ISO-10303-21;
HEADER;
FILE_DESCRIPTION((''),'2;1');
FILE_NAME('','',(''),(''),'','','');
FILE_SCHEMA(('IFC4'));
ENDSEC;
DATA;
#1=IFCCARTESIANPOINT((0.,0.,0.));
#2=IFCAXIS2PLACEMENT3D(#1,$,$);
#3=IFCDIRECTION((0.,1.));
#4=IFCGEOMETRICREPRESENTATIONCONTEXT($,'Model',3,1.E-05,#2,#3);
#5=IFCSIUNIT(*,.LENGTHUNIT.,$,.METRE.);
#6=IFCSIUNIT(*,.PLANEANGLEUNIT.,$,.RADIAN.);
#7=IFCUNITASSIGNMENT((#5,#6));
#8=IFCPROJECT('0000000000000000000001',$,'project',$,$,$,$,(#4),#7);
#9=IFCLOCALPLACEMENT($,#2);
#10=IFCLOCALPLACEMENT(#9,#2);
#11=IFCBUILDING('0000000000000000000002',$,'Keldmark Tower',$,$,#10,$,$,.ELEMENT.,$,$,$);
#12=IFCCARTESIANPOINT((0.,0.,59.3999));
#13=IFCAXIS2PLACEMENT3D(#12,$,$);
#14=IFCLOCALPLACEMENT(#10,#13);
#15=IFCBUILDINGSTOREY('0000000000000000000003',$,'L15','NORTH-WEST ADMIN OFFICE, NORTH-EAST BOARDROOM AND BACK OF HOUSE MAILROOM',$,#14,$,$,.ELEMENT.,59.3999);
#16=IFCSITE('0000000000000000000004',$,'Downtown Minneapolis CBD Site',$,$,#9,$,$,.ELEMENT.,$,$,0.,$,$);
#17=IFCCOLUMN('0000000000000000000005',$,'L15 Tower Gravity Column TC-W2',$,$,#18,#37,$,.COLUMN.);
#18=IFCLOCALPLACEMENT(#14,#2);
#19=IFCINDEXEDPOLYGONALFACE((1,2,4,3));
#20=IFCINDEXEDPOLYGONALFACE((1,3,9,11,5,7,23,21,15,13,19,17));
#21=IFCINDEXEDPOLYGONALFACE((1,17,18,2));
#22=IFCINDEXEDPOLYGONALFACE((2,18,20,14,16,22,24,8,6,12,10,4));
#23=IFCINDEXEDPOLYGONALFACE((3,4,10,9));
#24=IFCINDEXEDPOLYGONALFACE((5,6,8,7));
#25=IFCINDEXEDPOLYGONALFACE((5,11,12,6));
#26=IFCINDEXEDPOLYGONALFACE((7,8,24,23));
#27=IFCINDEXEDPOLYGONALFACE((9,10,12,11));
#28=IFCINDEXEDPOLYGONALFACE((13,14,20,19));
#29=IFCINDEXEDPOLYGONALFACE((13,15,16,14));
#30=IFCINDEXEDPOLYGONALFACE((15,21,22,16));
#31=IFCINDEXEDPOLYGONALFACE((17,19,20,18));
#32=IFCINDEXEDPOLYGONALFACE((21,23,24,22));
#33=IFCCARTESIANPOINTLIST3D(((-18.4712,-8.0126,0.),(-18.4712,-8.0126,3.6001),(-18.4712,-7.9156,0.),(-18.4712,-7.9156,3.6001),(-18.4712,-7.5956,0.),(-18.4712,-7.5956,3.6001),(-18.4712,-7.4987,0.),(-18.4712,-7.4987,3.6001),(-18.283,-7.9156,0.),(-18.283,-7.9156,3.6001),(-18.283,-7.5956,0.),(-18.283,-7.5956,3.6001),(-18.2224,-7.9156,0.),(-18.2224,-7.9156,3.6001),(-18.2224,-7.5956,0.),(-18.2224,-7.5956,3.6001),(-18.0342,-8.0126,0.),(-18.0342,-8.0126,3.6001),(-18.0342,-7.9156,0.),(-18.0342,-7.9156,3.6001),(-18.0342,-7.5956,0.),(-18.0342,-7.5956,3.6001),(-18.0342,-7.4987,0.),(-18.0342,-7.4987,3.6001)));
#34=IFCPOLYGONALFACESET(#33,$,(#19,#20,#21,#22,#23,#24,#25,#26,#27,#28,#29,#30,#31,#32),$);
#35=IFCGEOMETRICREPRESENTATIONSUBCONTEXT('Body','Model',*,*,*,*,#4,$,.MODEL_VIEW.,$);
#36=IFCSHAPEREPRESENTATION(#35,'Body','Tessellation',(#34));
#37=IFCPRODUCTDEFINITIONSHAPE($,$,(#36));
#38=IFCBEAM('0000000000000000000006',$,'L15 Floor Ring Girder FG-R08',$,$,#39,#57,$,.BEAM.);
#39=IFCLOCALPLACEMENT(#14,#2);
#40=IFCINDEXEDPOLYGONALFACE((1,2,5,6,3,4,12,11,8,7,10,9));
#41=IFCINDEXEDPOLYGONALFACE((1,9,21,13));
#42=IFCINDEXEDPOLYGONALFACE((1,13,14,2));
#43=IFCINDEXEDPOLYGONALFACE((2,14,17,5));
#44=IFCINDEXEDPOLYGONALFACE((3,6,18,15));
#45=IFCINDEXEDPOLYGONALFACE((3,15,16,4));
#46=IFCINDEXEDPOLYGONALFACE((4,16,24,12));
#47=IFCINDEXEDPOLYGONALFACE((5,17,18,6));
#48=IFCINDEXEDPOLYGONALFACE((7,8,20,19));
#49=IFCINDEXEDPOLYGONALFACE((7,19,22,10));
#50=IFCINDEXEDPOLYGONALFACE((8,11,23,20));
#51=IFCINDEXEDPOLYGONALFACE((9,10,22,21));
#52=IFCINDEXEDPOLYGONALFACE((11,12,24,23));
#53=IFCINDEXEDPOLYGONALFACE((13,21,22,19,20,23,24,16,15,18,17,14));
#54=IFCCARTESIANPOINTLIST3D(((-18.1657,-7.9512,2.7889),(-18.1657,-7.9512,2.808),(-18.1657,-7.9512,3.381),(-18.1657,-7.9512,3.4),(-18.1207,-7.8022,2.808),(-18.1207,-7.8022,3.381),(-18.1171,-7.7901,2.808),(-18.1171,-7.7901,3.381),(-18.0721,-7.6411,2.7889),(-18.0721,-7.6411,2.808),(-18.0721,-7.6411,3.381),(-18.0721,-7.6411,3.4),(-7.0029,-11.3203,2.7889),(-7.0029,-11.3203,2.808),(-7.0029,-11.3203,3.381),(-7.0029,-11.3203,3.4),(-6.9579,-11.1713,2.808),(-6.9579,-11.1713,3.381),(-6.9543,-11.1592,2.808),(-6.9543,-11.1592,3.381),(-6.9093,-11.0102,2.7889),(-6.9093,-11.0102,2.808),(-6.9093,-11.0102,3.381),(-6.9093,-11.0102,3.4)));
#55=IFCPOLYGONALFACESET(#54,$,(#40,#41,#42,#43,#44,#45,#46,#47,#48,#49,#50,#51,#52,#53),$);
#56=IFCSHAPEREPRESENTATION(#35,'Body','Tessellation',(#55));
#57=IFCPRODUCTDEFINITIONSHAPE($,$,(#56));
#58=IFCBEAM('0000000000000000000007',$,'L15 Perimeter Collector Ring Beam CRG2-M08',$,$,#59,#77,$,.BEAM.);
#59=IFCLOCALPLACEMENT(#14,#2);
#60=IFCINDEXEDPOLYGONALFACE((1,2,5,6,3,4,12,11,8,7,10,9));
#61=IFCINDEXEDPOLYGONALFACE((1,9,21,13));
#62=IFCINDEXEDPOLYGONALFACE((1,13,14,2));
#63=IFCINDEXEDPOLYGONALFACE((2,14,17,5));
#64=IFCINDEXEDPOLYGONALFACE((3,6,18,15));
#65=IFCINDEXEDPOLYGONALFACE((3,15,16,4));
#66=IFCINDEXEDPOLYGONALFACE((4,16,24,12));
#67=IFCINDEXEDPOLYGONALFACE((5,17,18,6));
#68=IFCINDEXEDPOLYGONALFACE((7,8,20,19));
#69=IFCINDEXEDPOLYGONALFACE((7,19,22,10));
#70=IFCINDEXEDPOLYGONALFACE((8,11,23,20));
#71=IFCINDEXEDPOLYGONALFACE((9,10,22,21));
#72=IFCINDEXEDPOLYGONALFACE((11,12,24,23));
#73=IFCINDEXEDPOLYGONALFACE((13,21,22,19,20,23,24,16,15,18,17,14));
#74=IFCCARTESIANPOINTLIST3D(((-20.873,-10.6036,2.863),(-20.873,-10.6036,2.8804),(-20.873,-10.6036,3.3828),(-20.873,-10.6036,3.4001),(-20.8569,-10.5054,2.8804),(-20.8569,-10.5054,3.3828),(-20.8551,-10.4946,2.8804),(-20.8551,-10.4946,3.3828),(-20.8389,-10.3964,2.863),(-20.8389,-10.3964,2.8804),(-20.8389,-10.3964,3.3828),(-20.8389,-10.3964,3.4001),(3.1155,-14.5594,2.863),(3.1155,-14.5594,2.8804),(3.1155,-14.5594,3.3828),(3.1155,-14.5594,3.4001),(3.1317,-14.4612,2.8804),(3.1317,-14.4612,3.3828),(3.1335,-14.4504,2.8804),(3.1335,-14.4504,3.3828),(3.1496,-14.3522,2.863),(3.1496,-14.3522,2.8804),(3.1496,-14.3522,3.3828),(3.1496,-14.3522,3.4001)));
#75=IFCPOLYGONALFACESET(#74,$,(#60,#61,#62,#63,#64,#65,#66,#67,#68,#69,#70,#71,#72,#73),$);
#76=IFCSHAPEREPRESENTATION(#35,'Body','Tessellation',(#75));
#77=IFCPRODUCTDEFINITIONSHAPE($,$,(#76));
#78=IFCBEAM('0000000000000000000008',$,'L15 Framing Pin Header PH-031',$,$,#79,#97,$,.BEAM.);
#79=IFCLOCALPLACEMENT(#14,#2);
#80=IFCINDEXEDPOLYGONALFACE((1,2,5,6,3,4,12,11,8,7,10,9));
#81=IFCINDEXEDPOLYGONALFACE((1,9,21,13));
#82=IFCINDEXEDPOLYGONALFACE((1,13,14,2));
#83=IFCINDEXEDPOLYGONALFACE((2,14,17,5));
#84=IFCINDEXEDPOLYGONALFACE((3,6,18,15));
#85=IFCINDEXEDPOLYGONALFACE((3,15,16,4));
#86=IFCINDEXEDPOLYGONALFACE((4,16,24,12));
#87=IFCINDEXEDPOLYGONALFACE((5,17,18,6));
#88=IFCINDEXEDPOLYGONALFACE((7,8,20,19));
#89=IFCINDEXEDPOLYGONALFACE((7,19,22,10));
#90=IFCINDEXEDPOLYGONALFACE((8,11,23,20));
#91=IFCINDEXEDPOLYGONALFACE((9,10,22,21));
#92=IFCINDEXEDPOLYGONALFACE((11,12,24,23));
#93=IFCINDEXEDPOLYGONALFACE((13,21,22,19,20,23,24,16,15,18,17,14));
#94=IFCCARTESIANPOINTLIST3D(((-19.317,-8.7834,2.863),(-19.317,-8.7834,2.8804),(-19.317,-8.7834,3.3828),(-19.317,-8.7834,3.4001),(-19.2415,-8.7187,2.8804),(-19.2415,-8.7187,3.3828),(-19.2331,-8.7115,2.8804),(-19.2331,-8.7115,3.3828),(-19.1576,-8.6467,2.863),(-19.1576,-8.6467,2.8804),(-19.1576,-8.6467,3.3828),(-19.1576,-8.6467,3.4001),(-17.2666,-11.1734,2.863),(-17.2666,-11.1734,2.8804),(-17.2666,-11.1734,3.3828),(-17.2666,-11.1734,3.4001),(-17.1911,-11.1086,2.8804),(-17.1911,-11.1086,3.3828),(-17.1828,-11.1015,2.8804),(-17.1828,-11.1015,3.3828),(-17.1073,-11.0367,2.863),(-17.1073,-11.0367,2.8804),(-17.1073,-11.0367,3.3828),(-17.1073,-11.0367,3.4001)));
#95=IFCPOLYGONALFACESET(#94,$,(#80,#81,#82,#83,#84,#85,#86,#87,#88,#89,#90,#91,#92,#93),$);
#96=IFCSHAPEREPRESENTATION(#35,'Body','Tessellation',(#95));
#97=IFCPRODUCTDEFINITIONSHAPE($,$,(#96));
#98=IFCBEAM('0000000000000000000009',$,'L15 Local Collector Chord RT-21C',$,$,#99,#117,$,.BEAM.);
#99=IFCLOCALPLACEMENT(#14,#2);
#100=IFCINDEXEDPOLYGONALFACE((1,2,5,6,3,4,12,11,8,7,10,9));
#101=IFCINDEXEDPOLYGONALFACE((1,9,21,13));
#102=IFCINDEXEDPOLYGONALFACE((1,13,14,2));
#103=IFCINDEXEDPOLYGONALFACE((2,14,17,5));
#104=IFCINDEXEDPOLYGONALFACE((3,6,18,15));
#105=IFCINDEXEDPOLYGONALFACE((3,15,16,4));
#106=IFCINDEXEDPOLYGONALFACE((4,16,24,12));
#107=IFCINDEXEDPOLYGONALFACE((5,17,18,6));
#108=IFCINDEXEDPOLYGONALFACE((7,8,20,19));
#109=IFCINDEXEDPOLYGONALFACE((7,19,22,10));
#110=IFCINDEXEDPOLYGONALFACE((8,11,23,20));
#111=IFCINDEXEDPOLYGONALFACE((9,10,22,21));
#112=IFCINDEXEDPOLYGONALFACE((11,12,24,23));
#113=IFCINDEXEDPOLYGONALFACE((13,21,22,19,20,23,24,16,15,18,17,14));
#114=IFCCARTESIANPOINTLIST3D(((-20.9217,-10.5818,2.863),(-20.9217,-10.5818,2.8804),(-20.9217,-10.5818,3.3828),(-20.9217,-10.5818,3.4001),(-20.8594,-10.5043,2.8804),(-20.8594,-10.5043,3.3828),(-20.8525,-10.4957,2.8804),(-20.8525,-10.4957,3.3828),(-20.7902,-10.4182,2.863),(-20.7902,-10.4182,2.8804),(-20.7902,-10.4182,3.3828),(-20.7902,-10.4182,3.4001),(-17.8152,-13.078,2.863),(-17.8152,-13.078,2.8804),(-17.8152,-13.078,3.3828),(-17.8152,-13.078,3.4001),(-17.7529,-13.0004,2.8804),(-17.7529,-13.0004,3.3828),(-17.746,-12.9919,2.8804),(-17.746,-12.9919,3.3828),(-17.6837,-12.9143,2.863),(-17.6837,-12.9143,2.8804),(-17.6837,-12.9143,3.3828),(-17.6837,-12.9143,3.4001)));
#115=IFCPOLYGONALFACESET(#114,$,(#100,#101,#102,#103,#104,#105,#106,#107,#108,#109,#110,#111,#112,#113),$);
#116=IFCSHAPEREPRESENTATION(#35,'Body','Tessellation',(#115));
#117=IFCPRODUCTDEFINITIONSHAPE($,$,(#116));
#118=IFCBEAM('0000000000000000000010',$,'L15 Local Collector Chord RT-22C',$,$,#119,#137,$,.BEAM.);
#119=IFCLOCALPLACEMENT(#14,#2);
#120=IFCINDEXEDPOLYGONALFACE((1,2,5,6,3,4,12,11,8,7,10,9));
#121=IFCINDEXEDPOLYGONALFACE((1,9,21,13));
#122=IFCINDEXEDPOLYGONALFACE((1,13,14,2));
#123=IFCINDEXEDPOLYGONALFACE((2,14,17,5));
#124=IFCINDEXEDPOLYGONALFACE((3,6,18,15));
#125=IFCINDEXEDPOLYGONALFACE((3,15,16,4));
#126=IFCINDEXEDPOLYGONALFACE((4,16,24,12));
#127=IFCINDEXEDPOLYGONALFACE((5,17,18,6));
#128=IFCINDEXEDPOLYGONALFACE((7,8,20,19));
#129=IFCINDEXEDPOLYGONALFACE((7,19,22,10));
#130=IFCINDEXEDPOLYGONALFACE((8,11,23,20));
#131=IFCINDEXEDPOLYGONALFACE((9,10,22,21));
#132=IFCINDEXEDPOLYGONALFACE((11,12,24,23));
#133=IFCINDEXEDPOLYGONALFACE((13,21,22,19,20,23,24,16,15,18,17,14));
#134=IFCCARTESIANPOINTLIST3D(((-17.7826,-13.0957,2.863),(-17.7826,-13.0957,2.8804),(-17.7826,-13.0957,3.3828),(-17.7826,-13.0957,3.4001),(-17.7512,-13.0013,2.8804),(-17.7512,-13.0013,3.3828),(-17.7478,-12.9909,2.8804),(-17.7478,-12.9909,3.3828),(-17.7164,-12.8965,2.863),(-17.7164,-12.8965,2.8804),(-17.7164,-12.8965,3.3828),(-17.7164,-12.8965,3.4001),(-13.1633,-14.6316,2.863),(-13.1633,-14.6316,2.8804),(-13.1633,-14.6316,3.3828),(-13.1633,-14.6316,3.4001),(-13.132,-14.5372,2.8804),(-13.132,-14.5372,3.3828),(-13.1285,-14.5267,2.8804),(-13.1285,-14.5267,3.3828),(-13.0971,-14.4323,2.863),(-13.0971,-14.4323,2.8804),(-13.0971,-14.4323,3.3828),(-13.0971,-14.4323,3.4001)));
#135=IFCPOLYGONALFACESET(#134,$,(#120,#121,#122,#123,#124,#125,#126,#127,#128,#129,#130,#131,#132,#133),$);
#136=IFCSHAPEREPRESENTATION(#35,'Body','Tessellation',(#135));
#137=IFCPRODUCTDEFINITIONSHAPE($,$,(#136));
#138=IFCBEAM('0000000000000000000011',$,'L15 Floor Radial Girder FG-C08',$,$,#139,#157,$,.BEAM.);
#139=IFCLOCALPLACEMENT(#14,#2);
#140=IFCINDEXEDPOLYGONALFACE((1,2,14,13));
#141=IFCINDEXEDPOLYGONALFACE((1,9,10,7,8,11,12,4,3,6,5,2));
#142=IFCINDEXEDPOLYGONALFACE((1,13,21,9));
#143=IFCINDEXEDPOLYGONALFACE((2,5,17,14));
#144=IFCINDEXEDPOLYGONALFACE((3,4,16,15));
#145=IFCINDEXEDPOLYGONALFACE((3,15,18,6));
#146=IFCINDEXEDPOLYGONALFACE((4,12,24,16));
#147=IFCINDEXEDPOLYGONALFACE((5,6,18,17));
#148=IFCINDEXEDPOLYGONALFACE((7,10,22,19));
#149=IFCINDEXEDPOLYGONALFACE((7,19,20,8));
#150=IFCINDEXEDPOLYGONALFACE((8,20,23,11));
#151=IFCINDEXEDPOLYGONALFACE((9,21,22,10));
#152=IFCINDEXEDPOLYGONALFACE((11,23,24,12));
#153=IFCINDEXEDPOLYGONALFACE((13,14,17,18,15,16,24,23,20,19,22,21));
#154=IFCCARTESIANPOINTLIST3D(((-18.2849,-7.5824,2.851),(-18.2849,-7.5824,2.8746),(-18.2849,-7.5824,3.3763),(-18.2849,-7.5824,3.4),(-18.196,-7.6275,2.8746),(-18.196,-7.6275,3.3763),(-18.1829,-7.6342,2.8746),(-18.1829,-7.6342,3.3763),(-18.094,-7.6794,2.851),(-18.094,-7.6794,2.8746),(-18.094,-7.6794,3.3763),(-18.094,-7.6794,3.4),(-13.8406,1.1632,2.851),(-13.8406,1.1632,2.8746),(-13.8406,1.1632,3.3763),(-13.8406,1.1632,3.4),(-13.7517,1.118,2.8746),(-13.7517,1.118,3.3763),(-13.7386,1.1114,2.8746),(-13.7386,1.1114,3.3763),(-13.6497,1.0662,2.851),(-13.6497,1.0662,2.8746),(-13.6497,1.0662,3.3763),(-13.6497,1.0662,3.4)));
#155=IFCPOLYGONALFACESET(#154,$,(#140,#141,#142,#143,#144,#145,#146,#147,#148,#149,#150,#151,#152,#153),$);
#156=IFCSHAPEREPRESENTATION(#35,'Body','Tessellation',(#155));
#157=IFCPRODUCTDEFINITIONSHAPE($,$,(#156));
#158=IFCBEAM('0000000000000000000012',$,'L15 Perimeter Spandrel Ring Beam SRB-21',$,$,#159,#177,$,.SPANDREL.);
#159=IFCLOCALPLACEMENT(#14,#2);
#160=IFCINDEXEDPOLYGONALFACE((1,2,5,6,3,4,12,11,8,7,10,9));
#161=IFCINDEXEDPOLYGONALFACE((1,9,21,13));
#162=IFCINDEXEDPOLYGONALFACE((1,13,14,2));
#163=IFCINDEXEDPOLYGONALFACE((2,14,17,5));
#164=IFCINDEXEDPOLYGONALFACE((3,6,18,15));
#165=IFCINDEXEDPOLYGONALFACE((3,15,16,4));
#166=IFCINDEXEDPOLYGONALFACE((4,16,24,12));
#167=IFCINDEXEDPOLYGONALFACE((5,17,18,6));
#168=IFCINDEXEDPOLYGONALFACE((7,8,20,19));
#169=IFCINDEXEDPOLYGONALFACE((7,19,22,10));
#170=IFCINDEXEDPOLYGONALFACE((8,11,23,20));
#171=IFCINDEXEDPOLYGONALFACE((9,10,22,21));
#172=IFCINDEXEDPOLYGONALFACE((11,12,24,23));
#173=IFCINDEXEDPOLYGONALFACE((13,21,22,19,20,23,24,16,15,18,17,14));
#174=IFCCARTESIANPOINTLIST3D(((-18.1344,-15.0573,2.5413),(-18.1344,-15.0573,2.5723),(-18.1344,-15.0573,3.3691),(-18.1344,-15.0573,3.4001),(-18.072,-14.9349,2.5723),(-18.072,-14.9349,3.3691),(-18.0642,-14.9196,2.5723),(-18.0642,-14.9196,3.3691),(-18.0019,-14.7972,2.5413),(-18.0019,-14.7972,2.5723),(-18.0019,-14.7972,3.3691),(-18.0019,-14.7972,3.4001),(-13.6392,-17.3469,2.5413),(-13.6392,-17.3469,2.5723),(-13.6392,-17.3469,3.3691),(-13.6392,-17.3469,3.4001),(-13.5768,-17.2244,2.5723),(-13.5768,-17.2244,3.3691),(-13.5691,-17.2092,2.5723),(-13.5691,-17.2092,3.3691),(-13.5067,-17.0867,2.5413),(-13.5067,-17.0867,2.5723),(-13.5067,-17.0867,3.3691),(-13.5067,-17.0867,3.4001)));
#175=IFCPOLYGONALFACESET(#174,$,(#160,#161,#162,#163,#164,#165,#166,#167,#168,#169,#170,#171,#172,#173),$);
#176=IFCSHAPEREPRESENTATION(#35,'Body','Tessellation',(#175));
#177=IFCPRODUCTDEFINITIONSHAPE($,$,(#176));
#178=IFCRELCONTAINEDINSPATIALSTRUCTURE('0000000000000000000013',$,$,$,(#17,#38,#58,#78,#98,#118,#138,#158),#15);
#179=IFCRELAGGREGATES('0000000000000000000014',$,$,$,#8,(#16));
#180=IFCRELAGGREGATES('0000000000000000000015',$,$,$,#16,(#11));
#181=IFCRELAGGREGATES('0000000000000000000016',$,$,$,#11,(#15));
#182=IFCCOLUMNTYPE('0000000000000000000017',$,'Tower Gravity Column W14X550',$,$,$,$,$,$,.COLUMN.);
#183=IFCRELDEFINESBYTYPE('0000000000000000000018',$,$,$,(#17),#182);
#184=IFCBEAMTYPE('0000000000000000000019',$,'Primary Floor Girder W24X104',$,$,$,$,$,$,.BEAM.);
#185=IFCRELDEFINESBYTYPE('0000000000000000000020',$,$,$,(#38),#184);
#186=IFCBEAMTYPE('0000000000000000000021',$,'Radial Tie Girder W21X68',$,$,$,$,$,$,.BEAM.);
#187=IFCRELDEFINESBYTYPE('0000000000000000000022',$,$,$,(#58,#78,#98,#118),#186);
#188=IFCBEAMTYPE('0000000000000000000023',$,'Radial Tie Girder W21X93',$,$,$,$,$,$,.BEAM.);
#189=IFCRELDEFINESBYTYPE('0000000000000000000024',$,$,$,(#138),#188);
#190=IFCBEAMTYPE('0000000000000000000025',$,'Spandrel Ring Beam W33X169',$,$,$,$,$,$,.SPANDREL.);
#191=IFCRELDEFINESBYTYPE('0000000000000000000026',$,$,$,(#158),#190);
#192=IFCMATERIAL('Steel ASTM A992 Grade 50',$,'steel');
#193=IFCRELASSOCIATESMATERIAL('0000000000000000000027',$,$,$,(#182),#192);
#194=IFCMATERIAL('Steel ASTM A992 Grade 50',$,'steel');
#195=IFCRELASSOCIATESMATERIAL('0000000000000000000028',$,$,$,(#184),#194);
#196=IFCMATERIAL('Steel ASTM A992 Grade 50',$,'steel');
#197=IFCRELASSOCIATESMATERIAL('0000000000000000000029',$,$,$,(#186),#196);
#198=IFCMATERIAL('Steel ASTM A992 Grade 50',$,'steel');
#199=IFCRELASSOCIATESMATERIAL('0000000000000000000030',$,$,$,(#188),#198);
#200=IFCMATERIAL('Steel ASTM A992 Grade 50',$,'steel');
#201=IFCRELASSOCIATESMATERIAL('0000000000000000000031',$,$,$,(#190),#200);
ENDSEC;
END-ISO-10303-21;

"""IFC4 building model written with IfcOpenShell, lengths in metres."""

from ifc_helpers import new_model, si_unit, direction, frame, origin, origin_2d, place, context, subcontext, project, spatial, i_section, extrude, material, material_profile, profile_set, type_object, element, save


model = new_model("IFC4")

# Units and contexts
model_context = context("Model", 3, precision=1e-05, world=origin(), true_north=direction((0.0, 1.0)))
body_context = subcontext(model_context, "Body", "Model", "MODEL_VIEW")
ifc_project = project(units=[si_unit("LENGTHUNIT", "METRE"), si_unit("PLANEANGLEUNIT", "RADIAN")], contexts=[model_context])

# Site, building, storey
site_placement = place(None, origin())
site = spatial("IfcSite", under=ifc_project, at=site_placement, Name="Downtown Minneapolis CBD Site", CompositionType="ELEMENT", RefElevation=0.0)
building_placement = place(site_placement, origin())
building = spatial("IfcBuilding", under=site, at=building_placement, Name="Keldmark Tower", CompositionType="ELEMENT")
storey_placement = place(building_placement, frame((0.0, 0.0, 59.3999)))
storey = spatial("IfcBuildingStorey", under=building, at=storey_placement, Name="L15", Description="NORTH-WEST ADMIN OFFICE, NORTH-EAST BOARDROOM AND BACK OF HOUSE MAILROOM", CompositionType="ELEMENT", Elevation=59.3999)

# Column
ifc_material_1 = material(Name="Steel ASTM A992 Grade 50", Category="steel")
ifc_material_profile_1 = material_profile(ifc_material_1, i_section(OverallWidth=0.437, OverallDepth=0.5139, WebThickness=0.0605, FlangeThickness=0.0969, at=origin_2d()), Name="W14X550")
ifc_profile_set_1 = profile_set([ifc_material_profile_1], Name="Steel ASTM A992 Grade 50")
column_type = type_object("IfcColumnType", Name="Tower Gravity Column W14X550", PredefinedType="COLUMN", material=ifc_profile_set_1)
column_placement = place(storey_placement, frame((-18.2527, -7.7556, 0.0), z_axis=(0.0, 0.0, 1.0), x_axis=(1.0, 0.0, 0.0)))
element("IfcColumn", 1, at=column_placement, inside=storey, type_object=column_type, Name="L15 Tower Gravity Column TC-W2", PredefinedType="COLUMN", context=body_context, shape_type="SweptSolid", body=[
    extrude(i_section(OverallWidth=0.437, OverallDepth=0.5139, WebThickness=0.0605, FlangeThickness=0.0969, at=origin_2d()), origin(), (0.0, 0.0, 1.0), 3.6001),
])

# Beams
ifc_material_2 = material(Name="Steel ASTM A992 Grade 50", Category="steel")
ifc_material_profile_2 = material_profile(ifc_material_2, i_section(OverallWidth=0.324, OverallDepth=0.6111, WebThickness=0.0127, FlangeThickness=0.019, at=origin_2d()), Name="W24X104")
ifc_profile_set_2 = profile_set([ifc_material_profile_2], Name="Steel ASTM A992 Grade 50")
beam_type_1 = type_object("IfcBeamType", Name="Primary Floor Girder W24X104", PredefinedType="BEAM", material=ifc_profile_set_2)
beam_1_placement = place(storey_placement, frame((-18.1189, -7.7961, 3.0945), z_axis=(0.957346, -0.288944, 0.0), x_axis=(0.288944, 0.957346, 0.0)))
element("IfcBeam", 2, at=beam_1_placement, inside=storey, type_object=beam_type_1, Name="L15 Floor Ring Girder FG-R08", PredefinedType="BEAM", context=body_context, shape_type="SweptSolid", body=[
    extrude(i_section(OverallWidth=0.324, OverallDepth=0.6111, WebThickness=0.0127, FlangeThickness=0.019, at=origin_2d()), origin(), (0.0, 0.0, 1.0), 11.6602),
])
ifc_material_3 = material(Name="Steel ASTM A992 Grade 50", Category="steel")
ifc_material_profile_3 = material_profile(ifc_material_3, i_section(OverallWidth=0.21, OverallDepth=0.5371, WebThickness=0.011, FlangeThickness=0.0173, at=origin_2d()), Name="W21X68")
ifc_profile_set_3 = profile_set([ifc_material_profile_3], Name="Steel ASTM A992 Grade 50")
beam_type_2 = type_object("IfcBeamType", Name="Radial Tie Girder W21X68", PredefinedType="BEAM", material=ifc_profile_set_3)
beam_2_placement = place(storey_placement, frame((-20.856, -10.5, 3.1316), z_axis=(0.986674, -0.162707, 0.0), x_axis=(0.162707, 0.986674, 0.0)))
element("IfcBeam", 3, at=beam_2_placement, inside=storey, type_object=beam_type_2, Name="L15 Perimeter Collector Ring Beam CRG2-M08", PredefinedType="BEAM", context=body_context, shape_type="SweptSolid", body=[
    extrude(i_section(OverallWidth=0.21, OverallDepth=0.5371, WebThickness=0.011, FlangeThickness=0.0173, at=origin_2d()), origin(), (0.0, 0.0, 1.0), 24.3125),
])
beam_3_placement = place(storey_placement, frame((-19.2373, -8.7151, 3.1316), z_axis=(0.651123, -0.758972, 0.0), x_axis=(0.758972, 0.651123, 0.0)))
element("IfcBeam", 4, at=beam_3_placement, inside=storey, type_object=beam_type_2, Name="L15 Framing Pin Header PH-031", PredefinedType="BEAM", context=body_context, shape_type="SweptSolid", body=[
    extrude(i_section(OverallWidth=0.21, OverallDepth=0.5371, WebThickness=0.011, FlangeThickness=0.0173, at=origin_2d()), origin(), (0.0, 0.0, 1.0), 3.1489),
])
beam_4_placement = place(storey_placement, frame((-20.856, -10.5, 3.1316), z_axis=(0.779528, -0.626367, 0.0), x_axis=(0.626367, 0.779528, 0.0)))
element("IfcBeam", 5, at=beam_4_placement, inside=storey, type_object=beam_type_2, Name="L15 Local Collector Chord RT-21C", PredefinedType="BEAM", context=body_context, shape_type="SweptSolid", body=[
    extrude(i_section(OverallWidth=0.21, OverallDepth=0.5371, WebThickness=0.011, FlangeThickness=0.0173, at=origin_2d()), origin(), (0.0, 0.0, 1.0), 3.9851),
])
beam_5_placement = place(storey_placement, frame((-17.7495, -12.9961, 3.1316), z_axis=(0.948924, -0.315505, 0.0), x_axis=(0.315505, 0.948924, 0.0)))
element("IfcBeam", 6, at=beam_5_placement, inside=storey, type_object=beam_type_2, Name="L15 Local Collector Chord RT-22C", PredefinedType="BEAM", context=body_context, shape_type="SweptSolid", body=[
    extrude(i_section(OverallWidth=0.21, OverallDepth=0.5371, WebThickness=0.011, FlangeThickness=0.0173, at=origin_2d()), origin(), (0.0, 0.0, 1.0), 4.8679),
])
ifc_material_4 = material(Name="Steel ASTM A992 Grade 50", Category="steel")
ifc_material_profile_4 = material_profile(ifc_material_4, i_section(OverallWidth=0.2141, OverallDepth=0.5491, WebThickness=0.0146, FlangeThickness=0.0237, at=origin_2d()), Name="W21X93")
ifc_profile_set_4 = profile_set([ifc_material_profile_4], Name="Steel ASTM A992 Grade 50")
beam_type_3 = type_object("IfcBeamType", Name="Radial Tie Girder W21X93", PredefinedType="BEAM", material=ifc_profile_set_4)
beam_6_placement = place(storey_placement, frame((-18.1895, -7.6309, 3.1255), z_axis=(0.453038, 0.891491, 0.0), x_axis=(-0.891491, 0.453038, 0.0)))
element("IfcBeam", 7, at=beam_6_placement, inside=storey, type_object=beam_type_3, Name="L15 Floor Radial Girder FG-C08", PredefinedType="BEAM", context=body_context, shape_type="SweptSolid", body=[
    extrude(i_section(OverallWidth=0.2141, OverallDepth=0.5491, WebThickness=0.0146, FlangeThickness=0.0237, at=origin_2d()), origin(), (0.0, 0.0, 1.0), 9.8101),
])
ifc_material_5 = material(Name="Steel ASTM A992 Grade 50", Category="steel")
ifc_material_profile_5 = material_profile(ifc_material_5, i_section(OverallWidth=0.292, OverallDepth=0.8589, WebThickness=0.0171, FlangeThickness=0.031, at=origin_2d()), Name="W33X169")
ifc_profile_set_5 = profile_set([ifc_material_profile_5], Name="Steel ASTM A992 Grade 50")
beam_type_4 = type_object("IfcBeamType", Name="Spandrel Ring Beam W33X169", PredefinedType="SPANDREL", material=ifc_profile_set_5)
beam_7_placement = place(storey_placement, frame((-18.0681, -14.9272, 2.9707), z_axis=(0.891073, -0.453861, 0.0), x_axis=(0.453861, 0.891073, 0.0)))
element("IfcBeam", 8, at=beam_7_placement, inside=storey, type_object=beam_type_4, Name="L15 Perimeter Spandrel Ring Beam SRB-21", PredefinedType="SPANDREL", context=body_context, shape_type="SweptSolid", body=[
    extrude(i_section(OverallWidth=0.292, OverallDepth=0.8589, WebThickness=0.0171, FlangeThickness=0.031, at=origin_2d()), origin(), (0.0, 0.0, 1.0), 5.0447),
])

save(model, "model.ifc")
